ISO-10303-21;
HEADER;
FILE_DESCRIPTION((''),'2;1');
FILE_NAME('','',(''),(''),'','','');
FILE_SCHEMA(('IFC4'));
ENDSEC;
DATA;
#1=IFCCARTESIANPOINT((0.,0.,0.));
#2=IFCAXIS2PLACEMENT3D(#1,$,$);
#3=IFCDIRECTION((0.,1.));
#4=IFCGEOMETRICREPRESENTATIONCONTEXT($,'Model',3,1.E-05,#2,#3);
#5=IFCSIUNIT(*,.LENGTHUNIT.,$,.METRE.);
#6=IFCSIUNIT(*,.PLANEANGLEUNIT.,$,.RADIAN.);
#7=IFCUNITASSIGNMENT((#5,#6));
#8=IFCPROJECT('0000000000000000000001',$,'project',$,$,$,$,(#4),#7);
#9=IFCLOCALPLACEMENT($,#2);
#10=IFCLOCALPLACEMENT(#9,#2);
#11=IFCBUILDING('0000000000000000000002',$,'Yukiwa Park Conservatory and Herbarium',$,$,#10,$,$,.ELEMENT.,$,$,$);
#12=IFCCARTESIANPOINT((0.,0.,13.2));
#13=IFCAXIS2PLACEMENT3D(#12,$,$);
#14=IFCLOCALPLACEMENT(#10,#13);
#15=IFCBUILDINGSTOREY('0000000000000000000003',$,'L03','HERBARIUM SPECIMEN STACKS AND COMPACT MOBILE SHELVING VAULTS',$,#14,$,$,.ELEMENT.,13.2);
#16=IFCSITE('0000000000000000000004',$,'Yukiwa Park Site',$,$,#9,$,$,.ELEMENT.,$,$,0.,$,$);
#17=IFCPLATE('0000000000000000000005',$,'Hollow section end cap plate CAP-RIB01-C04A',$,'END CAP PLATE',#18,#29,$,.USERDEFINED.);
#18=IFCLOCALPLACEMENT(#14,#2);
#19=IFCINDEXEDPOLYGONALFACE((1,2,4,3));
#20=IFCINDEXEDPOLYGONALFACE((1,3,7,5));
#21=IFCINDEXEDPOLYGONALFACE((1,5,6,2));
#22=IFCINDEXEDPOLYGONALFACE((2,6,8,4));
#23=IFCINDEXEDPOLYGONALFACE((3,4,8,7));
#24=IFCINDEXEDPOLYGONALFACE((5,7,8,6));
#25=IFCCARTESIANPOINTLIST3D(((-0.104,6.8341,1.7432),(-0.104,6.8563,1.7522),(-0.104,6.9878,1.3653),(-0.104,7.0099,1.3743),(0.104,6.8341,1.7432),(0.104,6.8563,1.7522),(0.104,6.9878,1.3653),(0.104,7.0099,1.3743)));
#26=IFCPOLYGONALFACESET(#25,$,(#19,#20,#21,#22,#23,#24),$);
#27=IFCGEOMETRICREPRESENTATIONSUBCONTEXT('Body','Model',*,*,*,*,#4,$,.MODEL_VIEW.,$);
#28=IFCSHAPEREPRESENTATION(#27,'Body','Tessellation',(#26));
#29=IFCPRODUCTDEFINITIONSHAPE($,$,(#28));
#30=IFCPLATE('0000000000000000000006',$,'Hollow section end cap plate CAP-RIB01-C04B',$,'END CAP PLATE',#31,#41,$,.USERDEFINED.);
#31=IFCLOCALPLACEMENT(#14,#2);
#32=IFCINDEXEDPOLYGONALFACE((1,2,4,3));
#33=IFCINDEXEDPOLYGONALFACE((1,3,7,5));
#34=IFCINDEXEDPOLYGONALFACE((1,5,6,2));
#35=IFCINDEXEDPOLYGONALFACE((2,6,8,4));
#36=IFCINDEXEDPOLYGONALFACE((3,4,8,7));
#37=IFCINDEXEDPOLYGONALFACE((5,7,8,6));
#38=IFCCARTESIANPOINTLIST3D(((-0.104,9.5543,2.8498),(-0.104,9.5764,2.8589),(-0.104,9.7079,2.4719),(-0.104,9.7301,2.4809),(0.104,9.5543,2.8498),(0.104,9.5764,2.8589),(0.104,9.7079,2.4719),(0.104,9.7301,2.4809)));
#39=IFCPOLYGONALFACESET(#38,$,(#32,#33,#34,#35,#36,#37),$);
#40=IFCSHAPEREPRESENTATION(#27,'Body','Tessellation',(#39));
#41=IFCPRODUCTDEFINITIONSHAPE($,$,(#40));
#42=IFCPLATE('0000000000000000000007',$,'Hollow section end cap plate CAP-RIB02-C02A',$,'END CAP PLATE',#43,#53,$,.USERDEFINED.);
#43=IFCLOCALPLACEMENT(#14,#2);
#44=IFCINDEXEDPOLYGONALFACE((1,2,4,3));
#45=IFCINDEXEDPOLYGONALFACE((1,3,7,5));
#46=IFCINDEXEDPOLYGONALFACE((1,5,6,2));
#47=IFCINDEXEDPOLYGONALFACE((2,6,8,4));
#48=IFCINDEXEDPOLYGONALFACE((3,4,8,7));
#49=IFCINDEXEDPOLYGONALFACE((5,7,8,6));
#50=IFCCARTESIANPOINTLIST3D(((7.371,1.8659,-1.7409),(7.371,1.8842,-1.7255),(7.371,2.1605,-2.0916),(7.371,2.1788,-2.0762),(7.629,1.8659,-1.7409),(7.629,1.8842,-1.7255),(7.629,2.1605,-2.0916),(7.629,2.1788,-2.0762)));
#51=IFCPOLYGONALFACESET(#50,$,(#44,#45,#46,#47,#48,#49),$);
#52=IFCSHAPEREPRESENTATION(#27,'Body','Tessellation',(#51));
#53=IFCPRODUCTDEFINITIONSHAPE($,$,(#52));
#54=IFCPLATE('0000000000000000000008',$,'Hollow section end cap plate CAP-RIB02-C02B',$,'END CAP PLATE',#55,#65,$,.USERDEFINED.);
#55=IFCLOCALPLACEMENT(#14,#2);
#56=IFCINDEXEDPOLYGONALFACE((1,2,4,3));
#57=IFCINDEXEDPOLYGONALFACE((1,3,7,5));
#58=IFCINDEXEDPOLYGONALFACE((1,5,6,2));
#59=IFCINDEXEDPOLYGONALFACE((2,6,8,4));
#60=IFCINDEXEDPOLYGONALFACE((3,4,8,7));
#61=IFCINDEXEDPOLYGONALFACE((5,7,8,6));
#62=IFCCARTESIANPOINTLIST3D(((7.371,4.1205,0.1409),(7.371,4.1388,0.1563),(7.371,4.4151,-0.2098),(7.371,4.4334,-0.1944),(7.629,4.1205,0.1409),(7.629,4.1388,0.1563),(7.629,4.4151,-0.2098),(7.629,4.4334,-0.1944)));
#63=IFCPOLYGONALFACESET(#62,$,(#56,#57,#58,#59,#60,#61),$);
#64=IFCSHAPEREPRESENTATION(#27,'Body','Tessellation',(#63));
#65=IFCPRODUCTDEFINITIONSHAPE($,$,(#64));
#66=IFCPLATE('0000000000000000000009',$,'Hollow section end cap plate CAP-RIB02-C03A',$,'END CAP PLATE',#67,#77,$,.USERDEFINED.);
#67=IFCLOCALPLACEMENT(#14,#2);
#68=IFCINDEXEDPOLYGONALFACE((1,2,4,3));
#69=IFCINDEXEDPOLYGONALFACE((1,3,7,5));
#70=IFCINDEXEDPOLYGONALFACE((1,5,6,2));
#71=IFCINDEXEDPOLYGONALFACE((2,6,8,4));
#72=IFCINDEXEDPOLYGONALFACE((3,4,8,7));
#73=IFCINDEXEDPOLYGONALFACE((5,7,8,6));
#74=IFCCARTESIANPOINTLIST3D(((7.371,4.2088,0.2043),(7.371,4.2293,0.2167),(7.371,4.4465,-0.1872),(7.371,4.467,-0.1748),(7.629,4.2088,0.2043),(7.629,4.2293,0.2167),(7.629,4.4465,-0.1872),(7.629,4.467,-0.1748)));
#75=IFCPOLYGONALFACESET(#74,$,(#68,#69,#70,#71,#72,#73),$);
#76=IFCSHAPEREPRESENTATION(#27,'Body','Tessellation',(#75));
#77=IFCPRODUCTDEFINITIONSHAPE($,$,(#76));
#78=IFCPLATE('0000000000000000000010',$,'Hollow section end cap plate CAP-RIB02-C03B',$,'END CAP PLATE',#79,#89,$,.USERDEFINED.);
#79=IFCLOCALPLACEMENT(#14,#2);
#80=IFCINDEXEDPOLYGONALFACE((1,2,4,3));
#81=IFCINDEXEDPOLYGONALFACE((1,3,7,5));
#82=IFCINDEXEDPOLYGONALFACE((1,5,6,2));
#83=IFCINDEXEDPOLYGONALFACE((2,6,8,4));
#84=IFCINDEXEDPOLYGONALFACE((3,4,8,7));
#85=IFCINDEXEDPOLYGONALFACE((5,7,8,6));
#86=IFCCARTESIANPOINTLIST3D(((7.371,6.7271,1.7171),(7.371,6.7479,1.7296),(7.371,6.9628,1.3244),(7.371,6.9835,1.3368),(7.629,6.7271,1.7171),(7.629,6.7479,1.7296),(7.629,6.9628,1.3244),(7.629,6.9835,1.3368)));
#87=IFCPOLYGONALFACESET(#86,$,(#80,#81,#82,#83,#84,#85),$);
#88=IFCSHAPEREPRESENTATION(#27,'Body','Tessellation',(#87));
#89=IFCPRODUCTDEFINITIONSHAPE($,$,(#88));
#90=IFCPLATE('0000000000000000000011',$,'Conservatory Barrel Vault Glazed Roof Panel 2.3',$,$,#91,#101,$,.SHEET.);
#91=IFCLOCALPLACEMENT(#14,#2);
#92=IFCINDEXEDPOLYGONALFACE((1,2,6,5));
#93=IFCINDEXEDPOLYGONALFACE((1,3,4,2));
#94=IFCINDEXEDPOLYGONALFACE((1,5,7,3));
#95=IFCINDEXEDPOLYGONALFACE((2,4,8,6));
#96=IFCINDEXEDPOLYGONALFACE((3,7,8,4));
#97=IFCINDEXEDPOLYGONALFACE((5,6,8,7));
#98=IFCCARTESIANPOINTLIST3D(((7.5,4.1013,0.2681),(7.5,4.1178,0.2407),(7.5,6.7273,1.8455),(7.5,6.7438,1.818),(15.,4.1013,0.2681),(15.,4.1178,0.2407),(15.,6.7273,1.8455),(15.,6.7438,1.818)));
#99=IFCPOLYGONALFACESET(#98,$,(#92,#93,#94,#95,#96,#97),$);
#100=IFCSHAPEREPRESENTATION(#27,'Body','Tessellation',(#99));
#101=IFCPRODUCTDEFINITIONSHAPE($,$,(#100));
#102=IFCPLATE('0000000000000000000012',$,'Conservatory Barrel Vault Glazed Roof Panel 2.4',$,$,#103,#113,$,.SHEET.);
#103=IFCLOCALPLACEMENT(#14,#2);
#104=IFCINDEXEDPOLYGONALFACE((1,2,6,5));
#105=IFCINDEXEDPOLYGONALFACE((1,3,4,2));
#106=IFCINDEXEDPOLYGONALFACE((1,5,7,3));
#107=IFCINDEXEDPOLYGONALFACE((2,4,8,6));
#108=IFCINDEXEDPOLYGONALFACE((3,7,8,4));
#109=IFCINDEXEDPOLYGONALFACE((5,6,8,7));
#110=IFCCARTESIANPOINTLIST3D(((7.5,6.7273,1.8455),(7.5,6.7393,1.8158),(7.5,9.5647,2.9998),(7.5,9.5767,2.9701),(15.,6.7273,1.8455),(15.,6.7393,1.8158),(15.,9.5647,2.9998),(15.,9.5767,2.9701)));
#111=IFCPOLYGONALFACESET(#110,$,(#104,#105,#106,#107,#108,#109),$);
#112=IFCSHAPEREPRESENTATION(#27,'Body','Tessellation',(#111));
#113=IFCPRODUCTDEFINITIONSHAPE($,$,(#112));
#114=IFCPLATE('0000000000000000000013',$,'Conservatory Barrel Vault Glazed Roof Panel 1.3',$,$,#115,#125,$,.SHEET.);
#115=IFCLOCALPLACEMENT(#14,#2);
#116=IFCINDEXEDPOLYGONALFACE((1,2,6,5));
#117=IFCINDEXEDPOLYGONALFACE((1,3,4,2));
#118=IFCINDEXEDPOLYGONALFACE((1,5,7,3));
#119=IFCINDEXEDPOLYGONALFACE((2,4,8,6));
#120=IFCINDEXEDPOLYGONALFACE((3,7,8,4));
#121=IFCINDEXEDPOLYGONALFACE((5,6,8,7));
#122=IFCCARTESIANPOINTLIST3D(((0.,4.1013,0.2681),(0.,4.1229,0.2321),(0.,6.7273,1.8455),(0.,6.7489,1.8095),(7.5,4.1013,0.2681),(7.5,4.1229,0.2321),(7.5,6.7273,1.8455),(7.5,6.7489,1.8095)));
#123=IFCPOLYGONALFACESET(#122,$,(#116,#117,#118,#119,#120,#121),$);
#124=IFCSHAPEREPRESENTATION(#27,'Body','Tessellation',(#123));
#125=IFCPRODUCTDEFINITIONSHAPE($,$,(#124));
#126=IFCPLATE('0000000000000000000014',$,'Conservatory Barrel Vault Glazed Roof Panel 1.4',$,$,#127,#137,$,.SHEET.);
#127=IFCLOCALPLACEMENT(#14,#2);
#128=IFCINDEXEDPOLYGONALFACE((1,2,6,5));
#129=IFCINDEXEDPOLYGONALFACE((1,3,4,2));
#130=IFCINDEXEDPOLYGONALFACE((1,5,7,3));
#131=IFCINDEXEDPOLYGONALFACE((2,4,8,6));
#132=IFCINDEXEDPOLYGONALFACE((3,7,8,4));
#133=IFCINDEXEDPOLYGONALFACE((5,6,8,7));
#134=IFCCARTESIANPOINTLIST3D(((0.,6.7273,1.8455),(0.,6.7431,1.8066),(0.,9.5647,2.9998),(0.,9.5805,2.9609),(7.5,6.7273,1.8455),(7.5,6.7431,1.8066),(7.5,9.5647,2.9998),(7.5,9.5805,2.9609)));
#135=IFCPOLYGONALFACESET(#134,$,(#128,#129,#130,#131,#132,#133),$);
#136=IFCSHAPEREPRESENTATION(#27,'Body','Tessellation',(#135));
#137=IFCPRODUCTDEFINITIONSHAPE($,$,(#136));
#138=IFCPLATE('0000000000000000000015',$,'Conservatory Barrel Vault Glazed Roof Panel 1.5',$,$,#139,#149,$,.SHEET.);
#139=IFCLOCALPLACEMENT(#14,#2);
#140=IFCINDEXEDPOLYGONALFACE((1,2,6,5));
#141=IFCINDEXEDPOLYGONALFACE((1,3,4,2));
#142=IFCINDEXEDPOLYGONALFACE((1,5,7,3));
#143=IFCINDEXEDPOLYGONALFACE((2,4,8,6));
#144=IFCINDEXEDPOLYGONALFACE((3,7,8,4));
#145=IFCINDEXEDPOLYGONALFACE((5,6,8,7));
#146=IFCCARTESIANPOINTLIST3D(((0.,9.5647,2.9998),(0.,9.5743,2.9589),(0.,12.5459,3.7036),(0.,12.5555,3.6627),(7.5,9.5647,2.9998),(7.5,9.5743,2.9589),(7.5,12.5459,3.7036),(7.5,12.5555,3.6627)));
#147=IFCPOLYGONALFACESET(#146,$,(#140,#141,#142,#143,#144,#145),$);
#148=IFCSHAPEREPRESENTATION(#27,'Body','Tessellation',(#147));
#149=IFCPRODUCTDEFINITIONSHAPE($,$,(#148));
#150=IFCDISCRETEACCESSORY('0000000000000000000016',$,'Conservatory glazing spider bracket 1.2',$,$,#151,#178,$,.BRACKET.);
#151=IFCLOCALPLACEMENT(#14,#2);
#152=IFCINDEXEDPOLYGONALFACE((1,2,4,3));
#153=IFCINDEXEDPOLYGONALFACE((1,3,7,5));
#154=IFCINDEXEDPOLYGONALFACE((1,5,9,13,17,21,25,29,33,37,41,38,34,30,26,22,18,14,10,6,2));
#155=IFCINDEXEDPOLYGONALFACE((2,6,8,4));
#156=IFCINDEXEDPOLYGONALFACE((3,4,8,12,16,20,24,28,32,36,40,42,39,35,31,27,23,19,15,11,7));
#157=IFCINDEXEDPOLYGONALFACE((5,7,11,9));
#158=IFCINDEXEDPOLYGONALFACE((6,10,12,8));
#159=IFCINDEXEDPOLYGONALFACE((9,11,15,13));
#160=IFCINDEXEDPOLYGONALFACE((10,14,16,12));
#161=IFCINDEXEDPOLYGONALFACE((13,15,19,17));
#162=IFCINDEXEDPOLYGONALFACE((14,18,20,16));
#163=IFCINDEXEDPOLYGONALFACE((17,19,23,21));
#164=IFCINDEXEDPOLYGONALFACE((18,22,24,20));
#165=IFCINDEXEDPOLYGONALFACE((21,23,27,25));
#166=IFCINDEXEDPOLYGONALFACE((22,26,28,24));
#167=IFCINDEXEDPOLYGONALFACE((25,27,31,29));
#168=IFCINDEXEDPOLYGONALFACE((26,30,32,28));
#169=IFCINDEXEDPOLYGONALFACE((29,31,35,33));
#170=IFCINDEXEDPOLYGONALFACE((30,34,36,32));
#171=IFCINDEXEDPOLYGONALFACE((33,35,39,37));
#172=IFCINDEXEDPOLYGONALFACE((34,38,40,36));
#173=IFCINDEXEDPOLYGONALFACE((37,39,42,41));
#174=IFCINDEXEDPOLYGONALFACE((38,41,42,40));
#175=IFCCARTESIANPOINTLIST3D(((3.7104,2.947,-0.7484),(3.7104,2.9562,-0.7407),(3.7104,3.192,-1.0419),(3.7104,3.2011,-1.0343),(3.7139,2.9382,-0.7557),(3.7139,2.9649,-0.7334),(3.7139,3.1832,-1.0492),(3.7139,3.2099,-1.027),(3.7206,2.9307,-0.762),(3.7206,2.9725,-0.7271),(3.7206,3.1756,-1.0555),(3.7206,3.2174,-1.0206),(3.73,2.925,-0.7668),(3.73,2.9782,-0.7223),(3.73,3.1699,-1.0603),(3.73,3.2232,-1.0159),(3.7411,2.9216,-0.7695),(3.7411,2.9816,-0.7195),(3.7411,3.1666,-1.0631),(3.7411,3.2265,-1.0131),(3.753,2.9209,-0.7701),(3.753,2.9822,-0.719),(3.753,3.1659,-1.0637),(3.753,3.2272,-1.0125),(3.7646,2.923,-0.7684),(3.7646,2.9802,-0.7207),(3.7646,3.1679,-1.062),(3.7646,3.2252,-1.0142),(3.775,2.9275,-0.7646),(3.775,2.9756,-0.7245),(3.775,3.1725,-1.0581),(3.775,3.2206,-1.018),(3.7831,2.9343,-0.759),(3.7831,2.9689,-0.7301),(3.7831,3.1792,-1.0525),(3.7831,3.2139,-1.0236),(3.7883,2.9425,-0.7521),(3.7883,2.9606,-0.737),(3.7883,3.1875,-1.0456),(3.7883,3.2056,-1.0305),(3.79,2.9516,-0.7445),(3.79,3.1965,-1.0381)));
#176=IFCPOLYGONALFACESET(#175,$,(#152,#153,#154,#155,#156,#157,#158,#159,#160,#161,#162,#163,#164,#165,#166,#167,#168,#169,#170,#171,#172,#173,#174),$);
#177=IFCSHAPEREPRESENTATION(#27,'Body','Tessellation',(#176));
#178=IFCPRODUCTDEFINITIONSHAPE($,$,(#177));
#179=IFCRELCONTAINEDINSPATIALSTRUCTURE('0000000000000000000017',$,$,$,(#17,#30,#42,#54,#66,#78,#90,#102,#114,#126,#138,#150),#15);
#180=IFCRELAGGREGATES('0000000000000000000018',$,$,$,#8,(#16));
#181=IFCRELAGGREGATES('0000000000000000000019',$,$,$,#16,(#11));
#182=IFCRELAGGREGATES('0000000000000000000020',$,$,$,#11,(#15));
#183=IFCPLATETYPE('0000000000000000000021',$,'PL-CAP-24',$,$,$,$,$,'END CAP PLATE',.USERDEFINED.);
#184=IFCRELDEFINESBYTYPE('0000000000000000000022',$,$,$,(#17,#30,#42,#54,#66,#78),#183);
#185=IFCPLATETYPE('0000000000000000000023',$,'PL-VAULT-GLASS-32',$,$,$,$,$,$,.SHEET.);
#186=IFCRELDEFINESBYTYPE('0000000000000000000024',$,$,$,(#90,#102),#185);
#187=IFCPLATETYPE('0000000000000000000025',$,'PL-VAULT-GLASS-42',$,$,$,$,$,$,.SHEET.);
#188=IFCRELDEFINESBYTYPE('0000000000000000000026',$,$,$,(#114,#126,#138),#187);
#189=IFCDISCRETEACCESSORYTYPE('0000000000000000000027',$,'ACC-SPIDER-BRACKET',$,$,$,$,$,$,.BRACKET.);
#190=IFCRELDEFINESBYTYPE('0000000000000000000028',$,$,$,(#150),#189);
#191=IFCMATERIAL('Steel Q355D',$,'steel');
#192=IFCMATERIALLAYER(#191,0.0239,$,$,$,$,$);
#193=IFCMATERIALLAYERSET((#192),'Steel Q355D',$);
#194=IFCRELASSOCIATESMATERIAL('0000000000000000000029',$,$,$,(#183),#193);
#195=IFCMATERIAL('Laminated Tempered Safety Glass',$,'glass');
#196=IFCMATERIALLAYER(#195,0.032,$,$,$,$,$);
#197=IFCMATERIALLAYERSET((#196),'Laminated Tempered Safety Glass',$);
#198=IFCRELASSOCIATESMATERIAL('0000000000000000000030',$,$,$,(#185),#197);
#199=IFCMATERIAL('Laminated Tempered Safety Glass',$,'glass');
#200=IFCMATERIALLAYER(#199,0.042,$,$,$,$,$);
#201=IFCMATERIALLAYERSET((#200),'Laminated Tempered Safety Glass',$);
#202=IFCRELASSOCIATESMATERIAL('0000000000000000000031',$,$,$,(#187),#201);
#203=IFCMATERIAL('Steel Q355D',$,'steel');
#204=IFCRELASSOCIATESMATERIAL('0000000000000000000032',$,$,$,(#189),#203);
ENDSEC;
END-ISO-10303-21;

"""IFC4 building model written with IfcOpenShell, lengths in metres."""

from ifc_helpers import new_model, si_unit, direction, frame, origin, origin_2d, place, context, subcontext, project, spatial, polyline, rectangle, circle, outline, extrude, material, layer, layer_set, type_object, element, save


model = new_model("IFC4")

# Units and contexts
model_context = context("Model", 3, precision=1e-05, world=origin(), true_north=direction((0.0, 1.0)))
body_context = subcontext(model_context, "Body", "Model", "MODEL_VIEW")
ifc_project = project(units=[si_unit("LENGTHUNIT", "METRE"), si_unit("PLANEANGLEUNIT", "RADIAN")], contexts=[model_context])

# Site, building, storey
site_placement = place(None, origin())
site = spatial("IfcSite", under=ifc_project, at=site_placement, Name="Yukiwa Park Site", CompositionType="ELEMENT", RefElevation=0.0)
building_placement = place(site_placement, origin())
building = spatial("IfcBuilding", under=site, at=building_placement, Name="Yukiwa Park Conservatory and Herbarium", CompositionType="ELEMENT")
storey_placement = place(building_placement, frame((0.0, 0.0, 13.2)))
storey = spatial("IfcBuildingStorey", under=building, at=storey_placement, Name="L03", Description="HERBARIUM SPECIMEN STACKS AND COMPACT MOBILE SHELVING VAULTS", CompositionType="ELEMENT", Elevation=13.2)

# Plates
ifc_material_1 = material(Name="Steel Q355D", Category="steel")
ifc_layer_1 = layer(ifc_material_1, 0.0239)
ifc_layer_set_1 = layer_set([ifc_layer_1], Name="Steel Q355D")
plate_type_1 = type_object("IfcPlateType", Name="PL-CAP-24", ElementType="END CAP PLATE", PredefinedType="USERDEFINED", material=ifc_layer_set_1)
for number, where, z_axis, x_axis, name in (
    (1, (0.0, 6.9331, 1.5632), (0.0, -0.926356, -0.37665), (1.0, 0.0, 0.0), "Hollow section end cap plate CAP-RIB01-C04A"),
    (2, (0.0, 9.6311, 2.6609), (0.0, 0.926356, 0.37665), (-1.0, 0.0, 0.0), "Hollow section end cap plate CAP-RIB01-C04B"),
):
    element("IfcPlate", number, at=place(storey_placement, frame(where, z_axis=z_axis, x_axis=x_axis)), inside=storey, type_object=plate_type_1, Name=name, ObjectType="END CAP PLATE", PredefinedType="USERDEFINED", context=body_context, shape_type="SweptSolid", body=[
        extrude(rectangle(XDim=0.208, YDim=0.408, at=origin_2d()), origin(), (0.0, 0.0, 1.0), 0.0239),
    ])
for number, where, z_axis, x_axis, name in (
    (3, (7.5, 2.0315, -1.9009), (0.0, -0.765705, -0.643192), (1.0, 0.0, 0.0), "Hollow section end cap plate CAP-RIB02-C02A"),
    (4, (7.5, 4.2678, -0.0344), (0.0, 0.765705, 0.643192), (-1.0, 0.0, 0.0), "Hollow section end cap plate CAP-RIB02-C02B"),
    (5, (7.5, 4.3481, 0.021), (0.0, -0.854788, -0.518978), (1.0, 0.0, 0.0), "Hollow section end cap plate CAP-RIB02-C03A"),
):
    element("IfcPlate", number, at=place(storey_placement, frame(where, z_axis=z_axis, x_axis=x_axis)), inside=storey, type_object=plate_type_1, Name=name, ObjectType="END CAP PLATE", PredefinedType="USERDEFINED", context=body_context, shape_type="SweptSolid", body=[
        extrude(rectangle(XDim=0.2581, YDim=0.458, at=origin_2d()), origin(), (0.0, 0.0, 1.0), 0.0239),
    ])
plate_1_placement = place(storey_placement, frame((7.5, 6.845, 1.5208), z_axis=(0.0, 0.857493, 0.514496), x_axis=(-1.0, 0.0, 0.0)))
element("IfcPlate", 6, at=plate_1_placement, inside=storey, type_object=plate_type_1, Name="Hollow section end cap plate CAP-RIB02-C03B", ObjectType="END CAP PLATE", PredefinedType="USERDEFINED", context=body_context, shape_type="SweptSolid", body=[
    extrude(rectangle(XDim=0.2581, YDim=0.458, at=origin_2d()), origin(), (0.0, 0.0, 1.0), 0.0242),
])
ifc_material_2 = material(Name="Laminated Tempered Safety Glass", Category="glass")
ifc_layer_2 = layer(ifc_material_2, 0.032)
ifc_layer_set_2 = layer_set([ifc_layer_2], Name="Laminated Tempered Safety Glass")
plate_type_2 = type_object("IfcPlateType", Name="PL-VAULT-GLASS-32", PredefinedType="SHEET", material=ifc_layer_set_2)
plate_2_placement = place(storey_placement, frame((7.5, 4.1013, 0.2681), z_axis=(0.0, -0.514929, 0.857233), x_axis=(1.0, 0.0, 0.0)))
element("IfcPlate", 7, at=plate_2_placement, inside=storey, type_object=plate_type_2, Name="Conservatory Barrel Vault Glazed Roof Panel 2.3", PredefinedType="SHEET", context=body_context, shape_type="SweptSolid", body=[
    extrude(outline(polyline([(0.0, 0.0), (7.5, 0.0), (7.5, 3.0633), (0.0, 3.0633), (0.0, 0.0)])), origin(), (0.0, 0.0, -1.0), 0.032),
])
plate_3_placement = place(storey_placement, frame((7.5, 6.7273, 1.8455), z_axis=(0.0, -0.376826, 0.926284), x_axis=(1.0, 0.0, 0.0)))
element("IfcPlate", 8, at=plate_3_placement, inside=storey, type_object=plate_type_2, Name="Conservatory Barrel Vault Glazed Roof Panel 2.4", PredefinedType="SHEET", context=body_context, shape_type="SweptSolid", body=[
    extrude(outline(polyline([(0.0, 0.0), (7.5, 0.0), (7.5, 3.0632), (0.0, 3.0632), (0.0, 0.0)])), origin(), (0.0, 0.0, -1.0), 0.032),
])
ifc_material_3 = material(Name="Laminated Tempered Safety Glass", Category="glass")
ifc_layer_3 = layer(ifc_material_3, 0.042)
ifc_layer_set_3 = layer_set([ifc_layer_3], Name="Laminated Tempered Safety Glass")
plate_type_3 = type_object("IfcPlateType", Name="PL-VAULT-GLASS-42", PredefinedType="SHEET", material=ifc_layer_set_3)
plate_4_placement = place(storey_placement, frame((0.0, 4.1013, 0.2681), z_axis=(0.0, -0.514929, 0.857233), x_axis=(1.0, 0.0, 0.0)))
element("IfcPlate", 9, at=plate_4_placement, inside=storey, type_object=plate_type_3, Name="Conservatory Barrel Vault Glazed Roof Panel 1.3", PredefinedType="SHEET", context=body_context, shape_type="SweptSolid", body=[
    extrude(outline(polyline([(0.0, 0.0), (7.5, 0.0), (7.5, 3.0633), (0.0, 3.0633), (0.0, 0.0)])), origin(), (0.0, 0.0, -1.0), 0.042),
])
plate_5_placement = place(storey_placement, frame((0.0, 6.7273, 1.8455), z_axis=(0.0, -0.376826, 0.926284), x_axis=(1.0, 0.0, 0.0)))
element("IfcPlate", 10, at=plate_5_placement, inside=storey, type_object=plate_type_3, Name="Conservatory Barrel Vault Glazed Roof Panel 1.4", PredefinedType="SHEET", context=body_context, shape_type="SweptSolid", body=[
    extrude(outline(polyline([(0.0, 0.0), (7.5, 0.0), (7.5, 3.0632), (0.0, 3.0632), (0.0, 0.0)])), origin(), (0.0, 0.0, -1.0), 0.042),
])
plate_6_placement = place(storey_placement, frame((0.0, 9.5647, 2.9998), z_axis=(0.0, -0.229781, 0.973242), x_axis=(1.0, 0.0, 0.0)))
element("IfcPlate", 11, at=plate_6_placement, inside=storey, type_object=plate_type_3, Name="Conservatory Barrel Vault Glazed Roof Panel 1.5", PredefinedType="SHEET", context=body_context, shape_type="SweptSolid", body=[
    extrude(outline(polyline([(0.0, 0.0), (7.5, 0.0), (7.5, 3.0632), (0.0, 3.0632), (0.0, 0.0)])), origin(), (0.0, 0.0, -1.0), 0.042),
])

# Discrete accessory
ifc_material_4 = material(Name="Steel Q355D", Category="steel")
discrete_accessory_type = type_object("IfcDiscreteAccessoryType", Name="ACC-SPIDER-BRACKET", PredefinedType="BRACKET", material=ifc_material_4)
discrete_accessory_placement = place(storey_placement, frame((3.75, 3.1965, -1.0381), z_axis=(0.0, -0.640687, 0.767802), x_axis=(1.0, 0.0, 0.0)))
element("IfcDiscreteAccessory", 12, at=discrete_accessory_placement, inside=storey, type_object=discrete_accessory_type, Name="Conservatory glazing spider bracket 1.2", PredefinedType="BRACKET", context=body_context, shape_type="SweptSolid", body=[
    extrude(circle(Radius=0.04, at=origin_2d()), origin(), (0.0, 0.0, 1.0), 0.3823),
])

save(model, "model.ifc")
